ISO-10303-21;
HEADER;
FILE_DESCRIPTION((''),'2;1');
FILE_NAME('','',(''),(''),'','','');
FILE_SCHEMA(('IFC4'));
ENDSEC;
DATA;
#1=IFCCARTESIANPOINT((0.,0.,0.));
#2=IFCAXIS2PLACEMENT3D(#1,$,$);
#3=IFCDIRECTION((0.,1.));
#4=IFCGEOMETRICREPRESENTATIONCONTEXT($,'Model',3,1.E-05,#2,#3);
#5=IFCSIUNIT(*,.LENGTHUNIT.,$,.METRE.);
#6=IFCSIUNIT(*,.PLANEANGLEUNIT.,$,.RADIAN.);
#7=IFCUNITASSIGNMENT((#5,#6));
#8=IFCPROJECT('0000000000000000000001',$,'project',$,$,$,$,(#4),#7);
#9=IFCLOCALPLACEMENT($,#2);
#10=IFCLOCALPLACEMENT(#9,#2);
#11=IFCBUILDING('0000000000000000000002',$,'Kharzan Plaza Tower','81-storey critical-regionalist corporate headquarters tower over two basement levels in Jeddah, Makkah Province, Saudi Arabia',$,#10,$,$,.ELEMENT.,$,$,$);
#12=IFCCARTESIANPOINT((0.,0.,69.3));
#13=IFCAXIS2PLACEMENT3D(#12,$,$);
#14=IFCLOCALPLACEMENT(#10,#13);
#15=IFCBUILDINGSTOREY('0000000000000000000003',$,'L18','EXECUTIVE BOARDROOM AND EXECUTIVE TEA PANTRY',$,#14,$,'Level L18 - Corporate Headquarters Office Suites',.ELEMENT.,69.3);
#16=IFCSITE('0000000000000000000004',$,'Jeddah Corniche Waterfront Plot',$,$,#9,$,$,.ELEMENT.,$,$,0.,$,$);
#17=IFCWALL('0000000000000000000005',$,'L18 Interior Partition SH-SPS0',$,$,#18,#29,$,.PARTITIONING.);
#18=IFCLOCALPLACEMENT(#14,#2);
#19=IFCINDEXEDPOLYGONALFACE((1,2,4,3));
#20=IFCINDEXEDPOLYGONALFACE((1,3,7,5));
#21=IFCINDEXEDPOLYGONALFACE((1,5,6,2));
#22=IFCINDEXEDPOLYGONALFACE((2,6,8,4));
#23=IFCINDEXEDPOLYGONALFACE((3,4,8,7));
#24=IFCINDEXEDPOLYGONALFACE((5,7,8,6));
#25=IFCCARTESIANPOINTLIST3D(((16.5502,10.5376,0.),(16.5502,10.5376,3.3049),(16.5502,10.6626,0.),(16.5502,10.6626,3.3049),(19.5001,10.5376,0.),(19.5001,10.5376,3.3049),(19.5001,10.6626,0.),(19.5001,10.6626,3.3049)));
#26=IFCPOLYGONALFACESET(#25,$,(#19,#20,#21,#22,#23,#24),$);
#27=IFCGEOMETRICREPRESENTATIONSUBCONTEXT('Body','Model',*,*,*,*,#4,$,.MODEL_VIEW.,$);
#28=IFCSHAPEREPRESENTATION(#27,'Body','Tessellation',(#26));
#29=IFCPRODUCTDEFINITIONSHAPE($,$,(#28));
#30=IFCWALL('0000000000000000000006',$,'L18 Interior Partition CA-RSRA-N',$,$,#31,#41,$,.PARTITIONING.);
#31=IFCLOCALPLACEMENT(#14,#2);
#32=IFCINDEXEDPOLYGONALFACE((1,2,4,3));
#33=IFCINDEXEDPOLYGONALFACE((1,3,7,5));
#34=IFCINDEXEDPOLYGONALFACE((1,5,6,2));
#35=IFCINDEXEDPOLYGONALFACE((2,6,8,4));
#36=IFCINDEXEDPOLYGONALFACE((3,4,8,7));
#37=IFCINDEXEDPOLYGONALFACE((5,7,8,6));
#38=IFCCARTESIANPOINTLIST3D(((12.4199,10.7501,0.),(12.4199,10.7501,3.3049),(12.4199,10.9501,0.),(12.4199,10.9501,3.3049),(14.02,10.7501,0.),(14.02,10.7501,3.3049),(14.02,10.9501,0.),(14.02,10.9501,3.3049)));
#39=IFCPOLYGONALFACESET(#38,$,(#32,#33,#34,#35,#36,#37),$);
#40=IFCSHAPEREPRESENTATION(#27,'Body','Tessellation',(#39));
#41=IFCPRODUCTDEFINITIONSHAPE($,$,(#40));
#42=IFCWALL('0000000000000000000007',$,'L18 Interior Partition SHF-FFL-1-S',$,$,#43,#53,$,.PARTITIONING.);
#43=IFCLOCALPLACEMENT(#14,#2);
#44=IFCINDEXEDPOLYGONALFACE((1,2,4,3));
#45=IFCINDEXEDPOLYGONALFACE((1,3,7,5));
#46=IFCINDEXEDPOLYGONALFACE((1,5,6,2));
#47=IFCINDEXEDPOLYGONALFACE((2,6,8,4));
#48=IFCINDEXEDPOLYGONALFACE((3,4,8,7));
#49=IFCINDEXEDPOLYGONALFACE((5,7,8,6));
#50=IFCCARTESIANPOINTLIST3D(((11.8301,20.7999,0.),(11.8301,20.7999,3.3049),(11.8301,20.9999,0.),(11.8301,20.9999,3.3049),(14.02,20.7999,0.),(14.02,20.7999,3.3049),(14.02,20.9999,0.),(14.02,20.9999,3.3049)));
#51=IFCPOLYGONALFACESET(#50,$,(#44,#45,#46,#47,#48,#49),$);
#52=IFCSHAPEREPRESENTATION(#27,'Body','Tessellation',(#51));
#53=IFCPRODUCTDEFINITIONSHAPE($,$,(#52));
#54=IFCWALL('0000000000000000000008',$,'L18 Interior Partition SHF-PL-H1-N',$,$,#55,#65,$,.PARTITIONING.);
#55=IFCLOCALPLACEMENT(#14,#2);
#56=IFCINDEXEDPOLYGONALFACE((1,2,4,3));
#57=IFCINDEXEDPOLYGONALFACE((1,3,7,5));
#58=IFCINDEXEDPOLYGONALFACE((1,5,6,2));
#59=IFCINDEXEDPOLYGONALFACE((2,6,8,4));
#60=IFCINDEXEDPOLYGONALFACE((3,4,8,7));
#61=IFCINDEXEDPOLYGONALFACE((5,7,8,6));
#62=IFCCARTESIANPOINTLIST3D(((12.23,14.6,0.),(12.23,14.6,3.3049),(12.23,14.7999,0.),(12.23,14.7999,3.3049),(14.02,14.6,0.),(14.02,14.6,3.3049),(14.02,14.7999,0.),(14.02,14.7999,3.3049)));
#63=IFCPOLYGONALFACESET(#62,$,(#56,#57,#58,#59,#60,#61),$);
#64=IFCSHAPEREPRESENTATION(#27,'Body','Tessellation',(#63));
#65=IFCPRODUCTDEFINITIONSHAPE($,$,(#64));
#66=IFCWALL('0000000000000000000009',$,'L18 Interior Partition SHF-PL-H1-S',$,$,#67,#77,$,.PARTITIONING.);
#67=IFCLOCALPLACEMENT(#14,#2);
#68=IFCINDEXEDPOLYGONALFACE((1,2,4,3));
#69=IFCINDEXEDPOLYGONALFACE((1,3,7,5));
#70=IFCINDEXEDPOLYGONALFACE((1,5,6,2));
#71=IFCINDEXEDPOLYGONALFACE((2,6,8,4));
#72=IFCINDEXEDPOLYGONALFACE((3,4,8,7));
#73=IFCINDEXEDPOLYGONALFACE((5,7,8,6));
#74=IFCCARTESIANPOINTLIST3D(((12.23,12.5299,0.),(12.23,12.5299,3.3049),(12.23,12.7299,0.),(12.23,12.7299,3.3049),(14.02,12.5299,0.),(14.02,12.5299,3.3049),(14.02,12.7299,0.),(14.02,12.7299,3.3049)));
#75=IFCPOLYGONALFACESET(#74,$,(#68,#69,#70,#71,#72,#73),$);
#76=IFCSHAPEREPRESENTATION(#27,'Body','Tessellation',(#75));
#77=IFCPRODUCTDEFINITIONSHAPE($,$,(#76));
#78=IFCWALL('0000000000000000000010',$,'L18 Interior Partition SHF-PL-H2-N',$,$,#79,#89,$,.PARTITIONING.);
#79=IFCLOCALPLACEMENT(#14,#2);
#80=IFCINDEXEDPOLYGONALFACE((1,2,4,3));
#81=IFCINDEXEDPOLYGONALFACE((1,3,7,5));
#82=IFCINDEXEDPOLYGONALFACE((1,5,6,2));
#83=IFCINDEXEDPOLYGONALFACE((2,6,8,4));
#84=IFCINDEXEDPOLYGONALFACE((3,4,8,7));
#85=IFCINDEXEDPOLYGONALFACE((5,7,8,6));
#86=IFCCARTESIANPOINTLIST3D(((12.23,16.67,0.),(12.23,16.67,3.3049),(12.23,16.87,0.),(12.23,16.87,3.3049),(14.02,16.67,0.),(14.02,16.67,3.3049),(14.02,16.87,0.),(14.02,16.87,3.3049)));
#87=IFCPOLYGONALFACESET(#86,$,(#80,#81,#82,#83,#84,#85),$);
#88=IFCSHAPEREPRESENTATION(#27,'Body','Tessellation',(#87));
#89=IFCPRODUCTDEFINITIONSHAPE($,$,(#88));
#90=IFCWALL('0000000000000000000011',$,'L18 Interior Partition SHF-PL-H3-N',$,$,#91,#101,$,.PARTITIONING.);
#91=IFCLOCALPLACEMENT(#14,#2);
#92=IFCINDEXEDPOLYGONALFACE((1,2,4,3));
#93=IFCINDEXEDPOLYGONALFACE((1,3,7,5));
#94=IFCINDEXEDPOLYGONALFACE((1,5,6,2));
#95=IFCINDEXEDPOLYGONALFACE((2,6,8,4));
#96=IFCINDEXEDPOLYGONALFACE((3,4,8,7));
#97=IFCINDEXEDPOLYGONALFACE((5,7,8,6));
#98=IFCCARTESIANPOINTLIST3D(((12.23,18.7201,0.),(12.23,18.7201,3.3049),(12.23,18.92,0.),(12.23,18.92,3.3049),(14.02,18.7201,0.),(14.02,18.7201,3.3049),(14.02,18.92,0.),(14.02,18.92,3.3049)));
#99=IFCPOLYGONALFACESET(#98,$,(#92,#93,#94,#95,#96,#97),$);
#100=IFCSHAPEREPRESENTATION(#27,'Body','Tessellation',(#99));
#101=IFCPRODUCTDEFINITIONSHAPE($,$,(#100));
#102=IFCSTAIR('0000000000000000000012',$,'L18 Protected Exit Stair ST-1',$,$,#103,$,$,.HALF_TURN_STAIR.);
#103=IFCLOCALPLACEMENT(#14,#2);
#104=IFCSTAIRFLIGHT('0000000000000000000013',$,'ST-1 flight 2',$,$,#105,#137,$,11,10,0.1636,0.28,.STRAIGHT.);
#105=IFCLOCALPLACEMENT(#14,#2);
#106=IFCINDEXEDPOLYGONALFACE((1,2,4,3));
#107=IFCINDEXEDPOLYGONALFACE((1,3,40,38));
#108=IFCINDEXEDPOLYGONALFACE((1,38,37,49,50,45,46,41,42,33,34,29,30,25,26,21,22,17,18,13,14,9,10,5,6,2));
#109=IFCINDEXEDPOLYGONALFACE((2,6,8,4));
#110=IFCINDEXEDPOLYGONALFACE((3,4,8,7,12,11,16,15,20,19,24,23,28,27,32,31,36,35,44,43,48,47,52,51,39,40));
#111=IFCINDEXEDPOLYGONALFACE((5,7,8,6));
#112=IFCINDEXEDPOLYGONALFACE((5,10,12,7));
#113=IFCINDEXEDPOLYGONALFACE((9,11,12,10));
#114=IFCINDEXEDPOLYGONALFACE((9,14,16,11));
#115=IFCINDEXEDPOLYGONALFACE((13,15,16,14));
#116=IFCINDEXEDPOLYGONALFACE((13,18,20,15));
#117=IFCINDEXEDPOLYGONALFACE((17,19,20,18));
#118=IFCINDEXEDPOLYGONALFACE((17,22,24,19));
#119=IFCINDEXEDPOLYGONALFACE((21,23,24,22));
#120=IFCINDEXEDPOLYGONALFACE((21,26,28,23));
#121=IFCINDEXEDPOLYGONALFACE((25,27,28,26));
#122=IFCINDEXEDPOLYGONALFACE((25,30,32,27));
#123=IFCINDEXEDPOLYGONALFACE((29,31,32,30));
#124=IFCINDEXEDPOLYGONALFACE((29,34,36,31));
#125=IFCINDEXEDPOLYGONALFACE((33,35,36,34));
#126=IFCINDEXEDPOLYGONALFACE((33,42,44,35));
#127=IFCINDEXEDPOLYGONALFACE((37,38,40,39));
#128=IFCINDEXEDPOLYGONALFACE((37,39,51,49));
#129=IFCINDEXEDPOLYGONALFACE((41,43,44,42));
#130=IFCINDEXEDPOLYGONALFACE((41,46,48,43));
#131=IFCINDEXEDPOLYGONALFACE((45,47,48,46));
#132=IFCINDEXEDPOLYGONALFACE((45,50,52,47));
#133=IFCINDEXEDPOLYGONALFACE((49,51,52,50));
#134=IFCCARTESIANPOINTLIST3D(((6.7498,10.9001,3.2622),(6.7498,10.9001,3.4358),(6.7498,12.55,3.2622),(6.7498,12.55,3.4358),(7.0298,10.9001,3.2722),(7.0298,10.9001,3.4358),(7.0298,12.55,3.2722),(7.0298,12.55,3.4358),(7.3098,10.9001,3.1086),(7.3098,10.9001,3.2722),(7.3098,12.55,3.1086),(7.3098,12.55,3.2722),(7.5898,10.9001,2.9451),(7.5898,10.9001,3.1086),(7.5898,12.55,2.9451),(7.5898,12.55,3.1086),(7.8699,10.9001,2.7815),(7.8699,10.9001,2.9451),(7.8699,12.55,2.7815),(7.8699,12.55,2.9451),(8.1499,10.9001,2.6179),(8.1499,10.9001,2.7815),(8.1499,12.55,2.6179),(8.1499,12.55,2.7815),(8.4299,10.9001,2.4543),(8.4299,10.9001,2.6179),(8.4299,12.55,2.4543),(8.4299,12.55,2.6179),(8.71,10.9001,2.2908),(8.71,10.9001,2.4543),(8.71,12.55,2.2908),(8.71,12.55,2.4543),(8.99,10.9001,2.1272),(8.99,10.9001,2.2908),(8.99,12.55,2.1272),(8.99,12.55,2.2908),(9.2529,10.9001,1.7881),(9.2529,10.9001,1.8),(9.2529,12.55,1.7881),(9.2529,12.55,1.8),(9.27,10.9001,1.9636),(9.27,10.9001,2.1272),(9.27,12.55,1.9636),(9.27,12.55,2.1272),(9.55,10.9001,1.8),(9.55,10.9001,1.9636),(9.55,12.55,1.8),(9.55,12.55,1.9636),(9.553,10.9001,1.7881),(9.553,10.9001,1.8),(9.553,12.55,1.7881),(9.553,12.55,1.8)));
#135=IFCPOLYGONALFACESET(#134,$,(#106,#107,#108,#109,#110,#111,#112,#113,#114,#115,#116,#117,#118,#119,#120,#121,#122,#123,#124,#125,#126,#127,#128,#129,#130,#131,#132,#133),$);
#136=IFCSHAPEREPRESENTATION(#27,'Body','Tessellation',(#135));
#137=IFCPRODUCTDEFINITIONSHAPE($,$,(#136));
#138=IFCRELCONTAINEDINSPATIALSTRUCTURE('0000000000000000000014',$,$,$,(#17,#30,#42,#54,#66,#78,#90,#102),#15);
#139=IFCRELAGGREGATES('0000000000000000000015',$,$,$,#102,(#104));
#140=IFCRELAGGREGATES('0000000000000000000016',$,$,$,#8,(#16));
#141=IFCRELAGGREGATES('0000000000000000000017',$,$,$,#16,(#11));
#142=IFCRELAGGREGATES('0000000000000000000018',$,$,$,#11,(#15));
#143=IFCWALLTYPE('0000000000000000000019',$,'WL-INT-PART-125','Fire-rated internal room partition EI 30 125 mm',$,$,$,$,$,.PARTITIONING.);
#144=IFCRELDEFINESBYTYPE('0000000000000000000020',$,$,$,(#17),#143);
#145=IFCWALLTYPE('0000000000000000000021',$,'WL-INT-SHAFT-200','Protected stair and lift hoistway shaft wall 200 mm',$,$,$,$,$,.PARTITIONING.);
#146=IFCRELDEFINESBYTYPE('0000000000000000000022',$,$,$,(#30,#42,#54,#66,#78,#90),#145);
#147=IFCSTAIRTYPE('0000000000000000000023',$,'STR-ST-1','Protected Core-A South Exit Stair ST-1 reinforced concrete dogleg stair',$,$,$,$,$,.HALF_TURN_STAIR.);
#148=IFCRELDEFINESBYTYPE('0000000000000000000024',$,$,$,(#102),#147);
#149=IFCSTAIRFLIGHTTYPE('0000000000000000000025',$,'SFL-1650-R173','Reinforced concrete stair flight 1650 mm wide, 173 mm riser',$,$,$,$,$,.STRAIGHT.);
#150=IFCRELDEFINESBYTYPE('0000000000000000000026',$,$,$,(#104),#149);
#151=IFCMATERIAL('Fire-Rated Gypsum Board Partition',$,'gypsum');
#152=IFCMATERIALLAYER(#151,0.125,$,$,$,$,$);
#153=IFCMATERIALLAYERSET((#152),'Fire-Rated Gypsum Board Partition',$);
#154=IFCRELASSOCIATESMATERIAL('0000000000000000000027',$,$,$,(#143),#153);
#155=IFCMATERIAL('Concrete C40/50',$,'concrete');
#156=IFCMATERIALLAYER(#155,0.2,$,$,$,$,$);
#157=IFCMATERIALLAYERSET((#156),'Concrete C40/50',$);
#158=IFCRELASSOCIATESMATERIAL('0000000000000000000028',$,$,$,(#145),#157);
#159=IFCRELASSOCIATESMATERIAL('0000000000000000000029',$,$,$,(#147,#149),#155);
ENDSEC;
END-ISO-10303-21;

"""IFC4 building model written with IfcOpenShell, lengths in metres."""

from ifc_helpers import new_model, si_unit, direction, frame, frame_2d, origin, place, context, subcontext, project, spatial, polyline, rectangle, outline, extrude, source, transform, mapped, material, layer, layer_set, type_object, element, aggregate, save


model = new_model("IFC4")

# Units and contexts
model_context = context("Model", 3, precision=1e-05, world=origin(), true_north=direction((0.0, 1.0)))
body_context = subcontext(model_context, "Body", "Model", "MODEL_VIEW")
ifc_project = project(units=[si_unit("LENGTHUNIT", "METRE"), si_unit("PLANEANGLEUNIT", "RADIAN")], contexts=[model_context])

# Site, building, storey
site_placement = place(None, origin())
site = spatial("IfcSite", under=ifc_project, at=site_placement, Name="Jeddah Corniche Waterfront Plot", CompositionType="ELEMENT", RefElevation=0.0)
building_placement = place(site_placement, origin())
building = spatial("IfcBuilding", under=site, at=building_placement, Name="Kharzan Plaza Tower", Description="81-storey critical-regionalist corporate headquarters tower over two basement levels in Jeddah, Makkah Province, Saudi Arabia", CompositionType="ELEMENT")
storey_placement = place(building_placement, frame((0.0, 0.0, 69.3)))
storey = spatial("IfcBuildingStorey", under=building, at=storey_placement, Name="L18", Description="EXECUTIVE BOARDROOM AND EXECUTIVE TEA PANTRY", LongName="Level L18 - Corporate Headquarters Office Suites", CompositionType="ELEMENT", Elevation=69.3)

# Shared definitions
ifc_material_1 = material(Name="Fire-Rated Gypsum Board Partition", Category="gypsum")
ifc_layer_1 = layer(ifc_material_1, 0.125)
ifc_layer_set_1 = layer_set([ifc_layer_1], Name="Fire-Rated Gypsum Board Partition")
wall_type_1 = type_object("IfcWallType", Name="WL-INT-PART-125", Description="Fire-rated internal room partition EI 30 125 mm", PredefinedType="PARTITIONING", material=ifc_layer_set_1)
ifc_material_2 = material(Name="Concrete C40/50", Category="concrete")
ifc_layer_2 = layer(ifc_material_2, 0.2)
ifc_layer_set_2 = layer_set([ifc_layer_2], Name="Concrete C40/50")
wall_type_2 = type_object("IfcWallType", Name="WL-INT-SHAFT-200", Description="Protected stair and lift hoistway shaft wall 200 mm", PredefinedType="PARTITIONING", material=ifc_layer_set_2)

# Walls
shared_shape_1 = source(origin(), body_context, "Body", "SweptSolid", [
    extrude(rectangle(XDim=2.95, YDim=0.125, at=frame_2d((1.4751, 0.0))), origin(), (0.0, 0.0, 1.0), 3.3049),
])
for number, where, z_axis, x_axis, name in (
    (1, (16.55, 10.6001, 0.0), (0.0, 0.0, 1.0), (1.0, 0.0, 0.0), "L18 Interior Partition SH-SPS0"),
):
    element("IfcWall", number, at=place(storey_placement, frame(where, z_axis=z_axis, x_axis=x_axis)), inside=storey, type_object=wall_type_1, Name=name, PredefinedType="PARTITIONING", context=body_context, shape_type="MappedRepresentation", body=[
        mapped(shared_shape_1, transform((0.0, 0.0, 0.0), x_axis=(1.0, 0.0, 0.0), y_axis=(0.0, 1.0, 0.0), z_axis=(0.0, 0.0, 1.0))),
    ])
shared_shape_2 = source(origin(), body_context, "Body", "SweptSolid", [
    extrude(rectangle(XDim=1.6001, YDim=0.2, at=frame_2d((0.8, 0.0))), origin(), (0.0, 0.0, 1.0), 3.3049),
])
wall_1_placement = place(storey_placement, frame((12.4199, 10.8501, 0.0), z_axis=(0.0, 0.0, 1.0), x_axis=(1.0, 0.0, 0.0)))
element("IfcWall", 2, at=wall_1_placement, inside=storey, type_object=wall_type_2, Name="L18 Interior Partition CA-RSRA-N", PredefinedType="PARTITIONING", context=body_context, shape_type="MappedRepresentation", body=[
    mapped(shared_shape_2, transform((0.0, 0.0, 0.0), x_axis=(1.0, 0.0, 0.0), y_axis=(0.0, 1.0, 0.0), z_axis=(0.0, 0.0, 1.0))),
])
shared_shape_3 = source(origin(), body_context, "Body", "SweptSolid", [
    extrude(rectangle(XDim=2.1899, YDim=0.2, at=frame_2d((1.095, 0.0))), origin(), (0.0, 0.0, 1.0), 3.3049),
])
wall_2_placement = place(storey_placement, frame((11.8301, 20.8999, 0.0), z_axis=(0.0, 0.0, 1.0), x_axis=(1.0, 0.0, 0.0)))
element("IfcWall", 3, at=wall_2_placement, inside=storey, type_object=wall_type_2, Name="L18 Interior Partition SHF-FFL-1-S", PredefinedType="PARTITIONING", context=body_context, shape_type="MappedRepresentation", body=[
    mapped(shared_shape_3, transform((0.0, 0.0, 0.0), x_axis=(1.0, 0.0, 0.0), y_axis=(0.0, 1.0, 0.0), z_axis=(0.0, 0.0, 1.0))),
])
shared_shape_4 = source(origin(), body_context, "Body", "SweptSolid", [
    extrude(rectangle(XDim=1.79, YDim=0.2, at=frame_2d((0.895, 0.0))), origin(), (0.0, 0.0, 1.0), 3.3049),
])
for number, where, z_axis, x_axis, name in (
    (4, (12.23, 14.7, 0.0), (0.0, 0.0, 1.0), (1.0, 0.0, 0.0), "L18 Interior Partition SHF-PL-H1-N"),
    (5, (12.23, 12.6299, 0.0), (0.0, 0.0, 1.0), (1.0, 0.0, 0.0), "L18 Interior Partition SHF-PL-H1-S"),
    (6, (12.23, 16.77, 0.0), (0.0, 0.0, 1.0), (1.0, 0.0, 0.0), "L18 Interior Partition SHF-PL-H2-N"),
    (7, (12.23, 18.8201, 0.0), (0.0, 0.0, 1.0), (1.0, 0.0, 0.0), "L18 Interior Partition SHF-PL-H3-N"),
):
    element("IfcWall", number, at=place(storey_placement, frame(where, z_axis=z_axis, x_axis=x_axis)), inside=storey, type_object=wall_type_2, Name=name, PredefinedType="PARTITIONING", context=body_context, shape_type="MappedRepresentation", body=[
        mapped(shared_shape_4, transform((0.0, 0.0, 0.0), x_axis=(1.0, 0.0, 0.0), y_axis=(0.0, 1.0, 0.0), z_axis=(0.0, 0.0, 1.0))),
    ])

# Stair, stair flight
stair_type = type_object("IfcStairType", Name="STR-ST-1", Description="Protected Core-A South Exit Stair ST-1 reinforced concrete dogleg stair", PredefinedType="HALF_TURN_STAIR", material=ifc_material_2)
stair_placement = place(storey_placement, origin())
stair = element("IfcStair", 8, at=stair_placement, inside=storey, type_object=stair_type, Name="L18 Protected Exit Stair ST-1", PredefinedType="HALF_TURN_STAIR")
stair_flight_type = type_object("IfcStairFlightType", Name="SFL-1650-R173", Description="Reinforced concrete stair flight 1650 mm wide, 173 mm riser", PredefinedType="STRAIGHT", material=ifc_material_2)
shared_shape_5 = source(origin(), body_context, "Body", "SweptSolid", [
    extrude(outline(polyline([(-0.0029, -0.012), (-0.0029, 0.0), (0.0, 0.0), (0.0, 0.1636), (0.28, 0.1636), (0.28, 0.3271), (0.5601, 0.3271), (0.5601, 0.4907), (0.8401, 0.4907), (0.8401, 0.6543), (1.1201, 0.6543), (1.1201, 0.8179), (1.4001, 0.8179), (1.4001, 0.9814), (1.6802, 0.9814), (1.6802, 1.145), (1.9602, 1.145), (1.9602, 1.3086), (2.2402, 1.3086), (2.2402, 1.4722), (2.5203, 1.4722), (2.5203, 1.6357), (2.8003, 1.6357), (2.8003, 1.7993), (2.8003, 1.4622), (0.2971, 0.0), (0.2971, -0.012), (-0.0029, -0.012)])), frame((0.0, 0.825, 0.0), z_axis=(0.0, -1.0, 0.0), x_axis=(1.0, 0.0, 0.0)), (0.0, 0.0, 1.0), 1.6499),
])
stair_flight_placement = place(storey_placement, frame((9.55, 11.7251, 1.8), z_axis=(0.0, 0.0, 1.0), x_axis=(-1.0, 0.0, 0.0)))
stair_flight = element("IfcStairFlight", 9, at=stair_flight_placement, type_object=stair_flight_type, Name="ST-1 flight 2", NumberOfRisers=11, NumberOfTreads=10, PredefinedType="STRAIGHT", RiserHeight=0.1636, TreadLength=0.28, context=body_context, shape_type="MappedRepresentation", body=[
    mapped(shared_shape_5, transform((0.0, 0.0, 0.0), x_axis=(1.0, 0.0, 0.0), y_axis=(0.0, 1.0, 0.0), z_axis=(0.0, 0.0, 1.0))),
])
aggregate(stair, [stair_flight])

save(model, "model.ifc")
